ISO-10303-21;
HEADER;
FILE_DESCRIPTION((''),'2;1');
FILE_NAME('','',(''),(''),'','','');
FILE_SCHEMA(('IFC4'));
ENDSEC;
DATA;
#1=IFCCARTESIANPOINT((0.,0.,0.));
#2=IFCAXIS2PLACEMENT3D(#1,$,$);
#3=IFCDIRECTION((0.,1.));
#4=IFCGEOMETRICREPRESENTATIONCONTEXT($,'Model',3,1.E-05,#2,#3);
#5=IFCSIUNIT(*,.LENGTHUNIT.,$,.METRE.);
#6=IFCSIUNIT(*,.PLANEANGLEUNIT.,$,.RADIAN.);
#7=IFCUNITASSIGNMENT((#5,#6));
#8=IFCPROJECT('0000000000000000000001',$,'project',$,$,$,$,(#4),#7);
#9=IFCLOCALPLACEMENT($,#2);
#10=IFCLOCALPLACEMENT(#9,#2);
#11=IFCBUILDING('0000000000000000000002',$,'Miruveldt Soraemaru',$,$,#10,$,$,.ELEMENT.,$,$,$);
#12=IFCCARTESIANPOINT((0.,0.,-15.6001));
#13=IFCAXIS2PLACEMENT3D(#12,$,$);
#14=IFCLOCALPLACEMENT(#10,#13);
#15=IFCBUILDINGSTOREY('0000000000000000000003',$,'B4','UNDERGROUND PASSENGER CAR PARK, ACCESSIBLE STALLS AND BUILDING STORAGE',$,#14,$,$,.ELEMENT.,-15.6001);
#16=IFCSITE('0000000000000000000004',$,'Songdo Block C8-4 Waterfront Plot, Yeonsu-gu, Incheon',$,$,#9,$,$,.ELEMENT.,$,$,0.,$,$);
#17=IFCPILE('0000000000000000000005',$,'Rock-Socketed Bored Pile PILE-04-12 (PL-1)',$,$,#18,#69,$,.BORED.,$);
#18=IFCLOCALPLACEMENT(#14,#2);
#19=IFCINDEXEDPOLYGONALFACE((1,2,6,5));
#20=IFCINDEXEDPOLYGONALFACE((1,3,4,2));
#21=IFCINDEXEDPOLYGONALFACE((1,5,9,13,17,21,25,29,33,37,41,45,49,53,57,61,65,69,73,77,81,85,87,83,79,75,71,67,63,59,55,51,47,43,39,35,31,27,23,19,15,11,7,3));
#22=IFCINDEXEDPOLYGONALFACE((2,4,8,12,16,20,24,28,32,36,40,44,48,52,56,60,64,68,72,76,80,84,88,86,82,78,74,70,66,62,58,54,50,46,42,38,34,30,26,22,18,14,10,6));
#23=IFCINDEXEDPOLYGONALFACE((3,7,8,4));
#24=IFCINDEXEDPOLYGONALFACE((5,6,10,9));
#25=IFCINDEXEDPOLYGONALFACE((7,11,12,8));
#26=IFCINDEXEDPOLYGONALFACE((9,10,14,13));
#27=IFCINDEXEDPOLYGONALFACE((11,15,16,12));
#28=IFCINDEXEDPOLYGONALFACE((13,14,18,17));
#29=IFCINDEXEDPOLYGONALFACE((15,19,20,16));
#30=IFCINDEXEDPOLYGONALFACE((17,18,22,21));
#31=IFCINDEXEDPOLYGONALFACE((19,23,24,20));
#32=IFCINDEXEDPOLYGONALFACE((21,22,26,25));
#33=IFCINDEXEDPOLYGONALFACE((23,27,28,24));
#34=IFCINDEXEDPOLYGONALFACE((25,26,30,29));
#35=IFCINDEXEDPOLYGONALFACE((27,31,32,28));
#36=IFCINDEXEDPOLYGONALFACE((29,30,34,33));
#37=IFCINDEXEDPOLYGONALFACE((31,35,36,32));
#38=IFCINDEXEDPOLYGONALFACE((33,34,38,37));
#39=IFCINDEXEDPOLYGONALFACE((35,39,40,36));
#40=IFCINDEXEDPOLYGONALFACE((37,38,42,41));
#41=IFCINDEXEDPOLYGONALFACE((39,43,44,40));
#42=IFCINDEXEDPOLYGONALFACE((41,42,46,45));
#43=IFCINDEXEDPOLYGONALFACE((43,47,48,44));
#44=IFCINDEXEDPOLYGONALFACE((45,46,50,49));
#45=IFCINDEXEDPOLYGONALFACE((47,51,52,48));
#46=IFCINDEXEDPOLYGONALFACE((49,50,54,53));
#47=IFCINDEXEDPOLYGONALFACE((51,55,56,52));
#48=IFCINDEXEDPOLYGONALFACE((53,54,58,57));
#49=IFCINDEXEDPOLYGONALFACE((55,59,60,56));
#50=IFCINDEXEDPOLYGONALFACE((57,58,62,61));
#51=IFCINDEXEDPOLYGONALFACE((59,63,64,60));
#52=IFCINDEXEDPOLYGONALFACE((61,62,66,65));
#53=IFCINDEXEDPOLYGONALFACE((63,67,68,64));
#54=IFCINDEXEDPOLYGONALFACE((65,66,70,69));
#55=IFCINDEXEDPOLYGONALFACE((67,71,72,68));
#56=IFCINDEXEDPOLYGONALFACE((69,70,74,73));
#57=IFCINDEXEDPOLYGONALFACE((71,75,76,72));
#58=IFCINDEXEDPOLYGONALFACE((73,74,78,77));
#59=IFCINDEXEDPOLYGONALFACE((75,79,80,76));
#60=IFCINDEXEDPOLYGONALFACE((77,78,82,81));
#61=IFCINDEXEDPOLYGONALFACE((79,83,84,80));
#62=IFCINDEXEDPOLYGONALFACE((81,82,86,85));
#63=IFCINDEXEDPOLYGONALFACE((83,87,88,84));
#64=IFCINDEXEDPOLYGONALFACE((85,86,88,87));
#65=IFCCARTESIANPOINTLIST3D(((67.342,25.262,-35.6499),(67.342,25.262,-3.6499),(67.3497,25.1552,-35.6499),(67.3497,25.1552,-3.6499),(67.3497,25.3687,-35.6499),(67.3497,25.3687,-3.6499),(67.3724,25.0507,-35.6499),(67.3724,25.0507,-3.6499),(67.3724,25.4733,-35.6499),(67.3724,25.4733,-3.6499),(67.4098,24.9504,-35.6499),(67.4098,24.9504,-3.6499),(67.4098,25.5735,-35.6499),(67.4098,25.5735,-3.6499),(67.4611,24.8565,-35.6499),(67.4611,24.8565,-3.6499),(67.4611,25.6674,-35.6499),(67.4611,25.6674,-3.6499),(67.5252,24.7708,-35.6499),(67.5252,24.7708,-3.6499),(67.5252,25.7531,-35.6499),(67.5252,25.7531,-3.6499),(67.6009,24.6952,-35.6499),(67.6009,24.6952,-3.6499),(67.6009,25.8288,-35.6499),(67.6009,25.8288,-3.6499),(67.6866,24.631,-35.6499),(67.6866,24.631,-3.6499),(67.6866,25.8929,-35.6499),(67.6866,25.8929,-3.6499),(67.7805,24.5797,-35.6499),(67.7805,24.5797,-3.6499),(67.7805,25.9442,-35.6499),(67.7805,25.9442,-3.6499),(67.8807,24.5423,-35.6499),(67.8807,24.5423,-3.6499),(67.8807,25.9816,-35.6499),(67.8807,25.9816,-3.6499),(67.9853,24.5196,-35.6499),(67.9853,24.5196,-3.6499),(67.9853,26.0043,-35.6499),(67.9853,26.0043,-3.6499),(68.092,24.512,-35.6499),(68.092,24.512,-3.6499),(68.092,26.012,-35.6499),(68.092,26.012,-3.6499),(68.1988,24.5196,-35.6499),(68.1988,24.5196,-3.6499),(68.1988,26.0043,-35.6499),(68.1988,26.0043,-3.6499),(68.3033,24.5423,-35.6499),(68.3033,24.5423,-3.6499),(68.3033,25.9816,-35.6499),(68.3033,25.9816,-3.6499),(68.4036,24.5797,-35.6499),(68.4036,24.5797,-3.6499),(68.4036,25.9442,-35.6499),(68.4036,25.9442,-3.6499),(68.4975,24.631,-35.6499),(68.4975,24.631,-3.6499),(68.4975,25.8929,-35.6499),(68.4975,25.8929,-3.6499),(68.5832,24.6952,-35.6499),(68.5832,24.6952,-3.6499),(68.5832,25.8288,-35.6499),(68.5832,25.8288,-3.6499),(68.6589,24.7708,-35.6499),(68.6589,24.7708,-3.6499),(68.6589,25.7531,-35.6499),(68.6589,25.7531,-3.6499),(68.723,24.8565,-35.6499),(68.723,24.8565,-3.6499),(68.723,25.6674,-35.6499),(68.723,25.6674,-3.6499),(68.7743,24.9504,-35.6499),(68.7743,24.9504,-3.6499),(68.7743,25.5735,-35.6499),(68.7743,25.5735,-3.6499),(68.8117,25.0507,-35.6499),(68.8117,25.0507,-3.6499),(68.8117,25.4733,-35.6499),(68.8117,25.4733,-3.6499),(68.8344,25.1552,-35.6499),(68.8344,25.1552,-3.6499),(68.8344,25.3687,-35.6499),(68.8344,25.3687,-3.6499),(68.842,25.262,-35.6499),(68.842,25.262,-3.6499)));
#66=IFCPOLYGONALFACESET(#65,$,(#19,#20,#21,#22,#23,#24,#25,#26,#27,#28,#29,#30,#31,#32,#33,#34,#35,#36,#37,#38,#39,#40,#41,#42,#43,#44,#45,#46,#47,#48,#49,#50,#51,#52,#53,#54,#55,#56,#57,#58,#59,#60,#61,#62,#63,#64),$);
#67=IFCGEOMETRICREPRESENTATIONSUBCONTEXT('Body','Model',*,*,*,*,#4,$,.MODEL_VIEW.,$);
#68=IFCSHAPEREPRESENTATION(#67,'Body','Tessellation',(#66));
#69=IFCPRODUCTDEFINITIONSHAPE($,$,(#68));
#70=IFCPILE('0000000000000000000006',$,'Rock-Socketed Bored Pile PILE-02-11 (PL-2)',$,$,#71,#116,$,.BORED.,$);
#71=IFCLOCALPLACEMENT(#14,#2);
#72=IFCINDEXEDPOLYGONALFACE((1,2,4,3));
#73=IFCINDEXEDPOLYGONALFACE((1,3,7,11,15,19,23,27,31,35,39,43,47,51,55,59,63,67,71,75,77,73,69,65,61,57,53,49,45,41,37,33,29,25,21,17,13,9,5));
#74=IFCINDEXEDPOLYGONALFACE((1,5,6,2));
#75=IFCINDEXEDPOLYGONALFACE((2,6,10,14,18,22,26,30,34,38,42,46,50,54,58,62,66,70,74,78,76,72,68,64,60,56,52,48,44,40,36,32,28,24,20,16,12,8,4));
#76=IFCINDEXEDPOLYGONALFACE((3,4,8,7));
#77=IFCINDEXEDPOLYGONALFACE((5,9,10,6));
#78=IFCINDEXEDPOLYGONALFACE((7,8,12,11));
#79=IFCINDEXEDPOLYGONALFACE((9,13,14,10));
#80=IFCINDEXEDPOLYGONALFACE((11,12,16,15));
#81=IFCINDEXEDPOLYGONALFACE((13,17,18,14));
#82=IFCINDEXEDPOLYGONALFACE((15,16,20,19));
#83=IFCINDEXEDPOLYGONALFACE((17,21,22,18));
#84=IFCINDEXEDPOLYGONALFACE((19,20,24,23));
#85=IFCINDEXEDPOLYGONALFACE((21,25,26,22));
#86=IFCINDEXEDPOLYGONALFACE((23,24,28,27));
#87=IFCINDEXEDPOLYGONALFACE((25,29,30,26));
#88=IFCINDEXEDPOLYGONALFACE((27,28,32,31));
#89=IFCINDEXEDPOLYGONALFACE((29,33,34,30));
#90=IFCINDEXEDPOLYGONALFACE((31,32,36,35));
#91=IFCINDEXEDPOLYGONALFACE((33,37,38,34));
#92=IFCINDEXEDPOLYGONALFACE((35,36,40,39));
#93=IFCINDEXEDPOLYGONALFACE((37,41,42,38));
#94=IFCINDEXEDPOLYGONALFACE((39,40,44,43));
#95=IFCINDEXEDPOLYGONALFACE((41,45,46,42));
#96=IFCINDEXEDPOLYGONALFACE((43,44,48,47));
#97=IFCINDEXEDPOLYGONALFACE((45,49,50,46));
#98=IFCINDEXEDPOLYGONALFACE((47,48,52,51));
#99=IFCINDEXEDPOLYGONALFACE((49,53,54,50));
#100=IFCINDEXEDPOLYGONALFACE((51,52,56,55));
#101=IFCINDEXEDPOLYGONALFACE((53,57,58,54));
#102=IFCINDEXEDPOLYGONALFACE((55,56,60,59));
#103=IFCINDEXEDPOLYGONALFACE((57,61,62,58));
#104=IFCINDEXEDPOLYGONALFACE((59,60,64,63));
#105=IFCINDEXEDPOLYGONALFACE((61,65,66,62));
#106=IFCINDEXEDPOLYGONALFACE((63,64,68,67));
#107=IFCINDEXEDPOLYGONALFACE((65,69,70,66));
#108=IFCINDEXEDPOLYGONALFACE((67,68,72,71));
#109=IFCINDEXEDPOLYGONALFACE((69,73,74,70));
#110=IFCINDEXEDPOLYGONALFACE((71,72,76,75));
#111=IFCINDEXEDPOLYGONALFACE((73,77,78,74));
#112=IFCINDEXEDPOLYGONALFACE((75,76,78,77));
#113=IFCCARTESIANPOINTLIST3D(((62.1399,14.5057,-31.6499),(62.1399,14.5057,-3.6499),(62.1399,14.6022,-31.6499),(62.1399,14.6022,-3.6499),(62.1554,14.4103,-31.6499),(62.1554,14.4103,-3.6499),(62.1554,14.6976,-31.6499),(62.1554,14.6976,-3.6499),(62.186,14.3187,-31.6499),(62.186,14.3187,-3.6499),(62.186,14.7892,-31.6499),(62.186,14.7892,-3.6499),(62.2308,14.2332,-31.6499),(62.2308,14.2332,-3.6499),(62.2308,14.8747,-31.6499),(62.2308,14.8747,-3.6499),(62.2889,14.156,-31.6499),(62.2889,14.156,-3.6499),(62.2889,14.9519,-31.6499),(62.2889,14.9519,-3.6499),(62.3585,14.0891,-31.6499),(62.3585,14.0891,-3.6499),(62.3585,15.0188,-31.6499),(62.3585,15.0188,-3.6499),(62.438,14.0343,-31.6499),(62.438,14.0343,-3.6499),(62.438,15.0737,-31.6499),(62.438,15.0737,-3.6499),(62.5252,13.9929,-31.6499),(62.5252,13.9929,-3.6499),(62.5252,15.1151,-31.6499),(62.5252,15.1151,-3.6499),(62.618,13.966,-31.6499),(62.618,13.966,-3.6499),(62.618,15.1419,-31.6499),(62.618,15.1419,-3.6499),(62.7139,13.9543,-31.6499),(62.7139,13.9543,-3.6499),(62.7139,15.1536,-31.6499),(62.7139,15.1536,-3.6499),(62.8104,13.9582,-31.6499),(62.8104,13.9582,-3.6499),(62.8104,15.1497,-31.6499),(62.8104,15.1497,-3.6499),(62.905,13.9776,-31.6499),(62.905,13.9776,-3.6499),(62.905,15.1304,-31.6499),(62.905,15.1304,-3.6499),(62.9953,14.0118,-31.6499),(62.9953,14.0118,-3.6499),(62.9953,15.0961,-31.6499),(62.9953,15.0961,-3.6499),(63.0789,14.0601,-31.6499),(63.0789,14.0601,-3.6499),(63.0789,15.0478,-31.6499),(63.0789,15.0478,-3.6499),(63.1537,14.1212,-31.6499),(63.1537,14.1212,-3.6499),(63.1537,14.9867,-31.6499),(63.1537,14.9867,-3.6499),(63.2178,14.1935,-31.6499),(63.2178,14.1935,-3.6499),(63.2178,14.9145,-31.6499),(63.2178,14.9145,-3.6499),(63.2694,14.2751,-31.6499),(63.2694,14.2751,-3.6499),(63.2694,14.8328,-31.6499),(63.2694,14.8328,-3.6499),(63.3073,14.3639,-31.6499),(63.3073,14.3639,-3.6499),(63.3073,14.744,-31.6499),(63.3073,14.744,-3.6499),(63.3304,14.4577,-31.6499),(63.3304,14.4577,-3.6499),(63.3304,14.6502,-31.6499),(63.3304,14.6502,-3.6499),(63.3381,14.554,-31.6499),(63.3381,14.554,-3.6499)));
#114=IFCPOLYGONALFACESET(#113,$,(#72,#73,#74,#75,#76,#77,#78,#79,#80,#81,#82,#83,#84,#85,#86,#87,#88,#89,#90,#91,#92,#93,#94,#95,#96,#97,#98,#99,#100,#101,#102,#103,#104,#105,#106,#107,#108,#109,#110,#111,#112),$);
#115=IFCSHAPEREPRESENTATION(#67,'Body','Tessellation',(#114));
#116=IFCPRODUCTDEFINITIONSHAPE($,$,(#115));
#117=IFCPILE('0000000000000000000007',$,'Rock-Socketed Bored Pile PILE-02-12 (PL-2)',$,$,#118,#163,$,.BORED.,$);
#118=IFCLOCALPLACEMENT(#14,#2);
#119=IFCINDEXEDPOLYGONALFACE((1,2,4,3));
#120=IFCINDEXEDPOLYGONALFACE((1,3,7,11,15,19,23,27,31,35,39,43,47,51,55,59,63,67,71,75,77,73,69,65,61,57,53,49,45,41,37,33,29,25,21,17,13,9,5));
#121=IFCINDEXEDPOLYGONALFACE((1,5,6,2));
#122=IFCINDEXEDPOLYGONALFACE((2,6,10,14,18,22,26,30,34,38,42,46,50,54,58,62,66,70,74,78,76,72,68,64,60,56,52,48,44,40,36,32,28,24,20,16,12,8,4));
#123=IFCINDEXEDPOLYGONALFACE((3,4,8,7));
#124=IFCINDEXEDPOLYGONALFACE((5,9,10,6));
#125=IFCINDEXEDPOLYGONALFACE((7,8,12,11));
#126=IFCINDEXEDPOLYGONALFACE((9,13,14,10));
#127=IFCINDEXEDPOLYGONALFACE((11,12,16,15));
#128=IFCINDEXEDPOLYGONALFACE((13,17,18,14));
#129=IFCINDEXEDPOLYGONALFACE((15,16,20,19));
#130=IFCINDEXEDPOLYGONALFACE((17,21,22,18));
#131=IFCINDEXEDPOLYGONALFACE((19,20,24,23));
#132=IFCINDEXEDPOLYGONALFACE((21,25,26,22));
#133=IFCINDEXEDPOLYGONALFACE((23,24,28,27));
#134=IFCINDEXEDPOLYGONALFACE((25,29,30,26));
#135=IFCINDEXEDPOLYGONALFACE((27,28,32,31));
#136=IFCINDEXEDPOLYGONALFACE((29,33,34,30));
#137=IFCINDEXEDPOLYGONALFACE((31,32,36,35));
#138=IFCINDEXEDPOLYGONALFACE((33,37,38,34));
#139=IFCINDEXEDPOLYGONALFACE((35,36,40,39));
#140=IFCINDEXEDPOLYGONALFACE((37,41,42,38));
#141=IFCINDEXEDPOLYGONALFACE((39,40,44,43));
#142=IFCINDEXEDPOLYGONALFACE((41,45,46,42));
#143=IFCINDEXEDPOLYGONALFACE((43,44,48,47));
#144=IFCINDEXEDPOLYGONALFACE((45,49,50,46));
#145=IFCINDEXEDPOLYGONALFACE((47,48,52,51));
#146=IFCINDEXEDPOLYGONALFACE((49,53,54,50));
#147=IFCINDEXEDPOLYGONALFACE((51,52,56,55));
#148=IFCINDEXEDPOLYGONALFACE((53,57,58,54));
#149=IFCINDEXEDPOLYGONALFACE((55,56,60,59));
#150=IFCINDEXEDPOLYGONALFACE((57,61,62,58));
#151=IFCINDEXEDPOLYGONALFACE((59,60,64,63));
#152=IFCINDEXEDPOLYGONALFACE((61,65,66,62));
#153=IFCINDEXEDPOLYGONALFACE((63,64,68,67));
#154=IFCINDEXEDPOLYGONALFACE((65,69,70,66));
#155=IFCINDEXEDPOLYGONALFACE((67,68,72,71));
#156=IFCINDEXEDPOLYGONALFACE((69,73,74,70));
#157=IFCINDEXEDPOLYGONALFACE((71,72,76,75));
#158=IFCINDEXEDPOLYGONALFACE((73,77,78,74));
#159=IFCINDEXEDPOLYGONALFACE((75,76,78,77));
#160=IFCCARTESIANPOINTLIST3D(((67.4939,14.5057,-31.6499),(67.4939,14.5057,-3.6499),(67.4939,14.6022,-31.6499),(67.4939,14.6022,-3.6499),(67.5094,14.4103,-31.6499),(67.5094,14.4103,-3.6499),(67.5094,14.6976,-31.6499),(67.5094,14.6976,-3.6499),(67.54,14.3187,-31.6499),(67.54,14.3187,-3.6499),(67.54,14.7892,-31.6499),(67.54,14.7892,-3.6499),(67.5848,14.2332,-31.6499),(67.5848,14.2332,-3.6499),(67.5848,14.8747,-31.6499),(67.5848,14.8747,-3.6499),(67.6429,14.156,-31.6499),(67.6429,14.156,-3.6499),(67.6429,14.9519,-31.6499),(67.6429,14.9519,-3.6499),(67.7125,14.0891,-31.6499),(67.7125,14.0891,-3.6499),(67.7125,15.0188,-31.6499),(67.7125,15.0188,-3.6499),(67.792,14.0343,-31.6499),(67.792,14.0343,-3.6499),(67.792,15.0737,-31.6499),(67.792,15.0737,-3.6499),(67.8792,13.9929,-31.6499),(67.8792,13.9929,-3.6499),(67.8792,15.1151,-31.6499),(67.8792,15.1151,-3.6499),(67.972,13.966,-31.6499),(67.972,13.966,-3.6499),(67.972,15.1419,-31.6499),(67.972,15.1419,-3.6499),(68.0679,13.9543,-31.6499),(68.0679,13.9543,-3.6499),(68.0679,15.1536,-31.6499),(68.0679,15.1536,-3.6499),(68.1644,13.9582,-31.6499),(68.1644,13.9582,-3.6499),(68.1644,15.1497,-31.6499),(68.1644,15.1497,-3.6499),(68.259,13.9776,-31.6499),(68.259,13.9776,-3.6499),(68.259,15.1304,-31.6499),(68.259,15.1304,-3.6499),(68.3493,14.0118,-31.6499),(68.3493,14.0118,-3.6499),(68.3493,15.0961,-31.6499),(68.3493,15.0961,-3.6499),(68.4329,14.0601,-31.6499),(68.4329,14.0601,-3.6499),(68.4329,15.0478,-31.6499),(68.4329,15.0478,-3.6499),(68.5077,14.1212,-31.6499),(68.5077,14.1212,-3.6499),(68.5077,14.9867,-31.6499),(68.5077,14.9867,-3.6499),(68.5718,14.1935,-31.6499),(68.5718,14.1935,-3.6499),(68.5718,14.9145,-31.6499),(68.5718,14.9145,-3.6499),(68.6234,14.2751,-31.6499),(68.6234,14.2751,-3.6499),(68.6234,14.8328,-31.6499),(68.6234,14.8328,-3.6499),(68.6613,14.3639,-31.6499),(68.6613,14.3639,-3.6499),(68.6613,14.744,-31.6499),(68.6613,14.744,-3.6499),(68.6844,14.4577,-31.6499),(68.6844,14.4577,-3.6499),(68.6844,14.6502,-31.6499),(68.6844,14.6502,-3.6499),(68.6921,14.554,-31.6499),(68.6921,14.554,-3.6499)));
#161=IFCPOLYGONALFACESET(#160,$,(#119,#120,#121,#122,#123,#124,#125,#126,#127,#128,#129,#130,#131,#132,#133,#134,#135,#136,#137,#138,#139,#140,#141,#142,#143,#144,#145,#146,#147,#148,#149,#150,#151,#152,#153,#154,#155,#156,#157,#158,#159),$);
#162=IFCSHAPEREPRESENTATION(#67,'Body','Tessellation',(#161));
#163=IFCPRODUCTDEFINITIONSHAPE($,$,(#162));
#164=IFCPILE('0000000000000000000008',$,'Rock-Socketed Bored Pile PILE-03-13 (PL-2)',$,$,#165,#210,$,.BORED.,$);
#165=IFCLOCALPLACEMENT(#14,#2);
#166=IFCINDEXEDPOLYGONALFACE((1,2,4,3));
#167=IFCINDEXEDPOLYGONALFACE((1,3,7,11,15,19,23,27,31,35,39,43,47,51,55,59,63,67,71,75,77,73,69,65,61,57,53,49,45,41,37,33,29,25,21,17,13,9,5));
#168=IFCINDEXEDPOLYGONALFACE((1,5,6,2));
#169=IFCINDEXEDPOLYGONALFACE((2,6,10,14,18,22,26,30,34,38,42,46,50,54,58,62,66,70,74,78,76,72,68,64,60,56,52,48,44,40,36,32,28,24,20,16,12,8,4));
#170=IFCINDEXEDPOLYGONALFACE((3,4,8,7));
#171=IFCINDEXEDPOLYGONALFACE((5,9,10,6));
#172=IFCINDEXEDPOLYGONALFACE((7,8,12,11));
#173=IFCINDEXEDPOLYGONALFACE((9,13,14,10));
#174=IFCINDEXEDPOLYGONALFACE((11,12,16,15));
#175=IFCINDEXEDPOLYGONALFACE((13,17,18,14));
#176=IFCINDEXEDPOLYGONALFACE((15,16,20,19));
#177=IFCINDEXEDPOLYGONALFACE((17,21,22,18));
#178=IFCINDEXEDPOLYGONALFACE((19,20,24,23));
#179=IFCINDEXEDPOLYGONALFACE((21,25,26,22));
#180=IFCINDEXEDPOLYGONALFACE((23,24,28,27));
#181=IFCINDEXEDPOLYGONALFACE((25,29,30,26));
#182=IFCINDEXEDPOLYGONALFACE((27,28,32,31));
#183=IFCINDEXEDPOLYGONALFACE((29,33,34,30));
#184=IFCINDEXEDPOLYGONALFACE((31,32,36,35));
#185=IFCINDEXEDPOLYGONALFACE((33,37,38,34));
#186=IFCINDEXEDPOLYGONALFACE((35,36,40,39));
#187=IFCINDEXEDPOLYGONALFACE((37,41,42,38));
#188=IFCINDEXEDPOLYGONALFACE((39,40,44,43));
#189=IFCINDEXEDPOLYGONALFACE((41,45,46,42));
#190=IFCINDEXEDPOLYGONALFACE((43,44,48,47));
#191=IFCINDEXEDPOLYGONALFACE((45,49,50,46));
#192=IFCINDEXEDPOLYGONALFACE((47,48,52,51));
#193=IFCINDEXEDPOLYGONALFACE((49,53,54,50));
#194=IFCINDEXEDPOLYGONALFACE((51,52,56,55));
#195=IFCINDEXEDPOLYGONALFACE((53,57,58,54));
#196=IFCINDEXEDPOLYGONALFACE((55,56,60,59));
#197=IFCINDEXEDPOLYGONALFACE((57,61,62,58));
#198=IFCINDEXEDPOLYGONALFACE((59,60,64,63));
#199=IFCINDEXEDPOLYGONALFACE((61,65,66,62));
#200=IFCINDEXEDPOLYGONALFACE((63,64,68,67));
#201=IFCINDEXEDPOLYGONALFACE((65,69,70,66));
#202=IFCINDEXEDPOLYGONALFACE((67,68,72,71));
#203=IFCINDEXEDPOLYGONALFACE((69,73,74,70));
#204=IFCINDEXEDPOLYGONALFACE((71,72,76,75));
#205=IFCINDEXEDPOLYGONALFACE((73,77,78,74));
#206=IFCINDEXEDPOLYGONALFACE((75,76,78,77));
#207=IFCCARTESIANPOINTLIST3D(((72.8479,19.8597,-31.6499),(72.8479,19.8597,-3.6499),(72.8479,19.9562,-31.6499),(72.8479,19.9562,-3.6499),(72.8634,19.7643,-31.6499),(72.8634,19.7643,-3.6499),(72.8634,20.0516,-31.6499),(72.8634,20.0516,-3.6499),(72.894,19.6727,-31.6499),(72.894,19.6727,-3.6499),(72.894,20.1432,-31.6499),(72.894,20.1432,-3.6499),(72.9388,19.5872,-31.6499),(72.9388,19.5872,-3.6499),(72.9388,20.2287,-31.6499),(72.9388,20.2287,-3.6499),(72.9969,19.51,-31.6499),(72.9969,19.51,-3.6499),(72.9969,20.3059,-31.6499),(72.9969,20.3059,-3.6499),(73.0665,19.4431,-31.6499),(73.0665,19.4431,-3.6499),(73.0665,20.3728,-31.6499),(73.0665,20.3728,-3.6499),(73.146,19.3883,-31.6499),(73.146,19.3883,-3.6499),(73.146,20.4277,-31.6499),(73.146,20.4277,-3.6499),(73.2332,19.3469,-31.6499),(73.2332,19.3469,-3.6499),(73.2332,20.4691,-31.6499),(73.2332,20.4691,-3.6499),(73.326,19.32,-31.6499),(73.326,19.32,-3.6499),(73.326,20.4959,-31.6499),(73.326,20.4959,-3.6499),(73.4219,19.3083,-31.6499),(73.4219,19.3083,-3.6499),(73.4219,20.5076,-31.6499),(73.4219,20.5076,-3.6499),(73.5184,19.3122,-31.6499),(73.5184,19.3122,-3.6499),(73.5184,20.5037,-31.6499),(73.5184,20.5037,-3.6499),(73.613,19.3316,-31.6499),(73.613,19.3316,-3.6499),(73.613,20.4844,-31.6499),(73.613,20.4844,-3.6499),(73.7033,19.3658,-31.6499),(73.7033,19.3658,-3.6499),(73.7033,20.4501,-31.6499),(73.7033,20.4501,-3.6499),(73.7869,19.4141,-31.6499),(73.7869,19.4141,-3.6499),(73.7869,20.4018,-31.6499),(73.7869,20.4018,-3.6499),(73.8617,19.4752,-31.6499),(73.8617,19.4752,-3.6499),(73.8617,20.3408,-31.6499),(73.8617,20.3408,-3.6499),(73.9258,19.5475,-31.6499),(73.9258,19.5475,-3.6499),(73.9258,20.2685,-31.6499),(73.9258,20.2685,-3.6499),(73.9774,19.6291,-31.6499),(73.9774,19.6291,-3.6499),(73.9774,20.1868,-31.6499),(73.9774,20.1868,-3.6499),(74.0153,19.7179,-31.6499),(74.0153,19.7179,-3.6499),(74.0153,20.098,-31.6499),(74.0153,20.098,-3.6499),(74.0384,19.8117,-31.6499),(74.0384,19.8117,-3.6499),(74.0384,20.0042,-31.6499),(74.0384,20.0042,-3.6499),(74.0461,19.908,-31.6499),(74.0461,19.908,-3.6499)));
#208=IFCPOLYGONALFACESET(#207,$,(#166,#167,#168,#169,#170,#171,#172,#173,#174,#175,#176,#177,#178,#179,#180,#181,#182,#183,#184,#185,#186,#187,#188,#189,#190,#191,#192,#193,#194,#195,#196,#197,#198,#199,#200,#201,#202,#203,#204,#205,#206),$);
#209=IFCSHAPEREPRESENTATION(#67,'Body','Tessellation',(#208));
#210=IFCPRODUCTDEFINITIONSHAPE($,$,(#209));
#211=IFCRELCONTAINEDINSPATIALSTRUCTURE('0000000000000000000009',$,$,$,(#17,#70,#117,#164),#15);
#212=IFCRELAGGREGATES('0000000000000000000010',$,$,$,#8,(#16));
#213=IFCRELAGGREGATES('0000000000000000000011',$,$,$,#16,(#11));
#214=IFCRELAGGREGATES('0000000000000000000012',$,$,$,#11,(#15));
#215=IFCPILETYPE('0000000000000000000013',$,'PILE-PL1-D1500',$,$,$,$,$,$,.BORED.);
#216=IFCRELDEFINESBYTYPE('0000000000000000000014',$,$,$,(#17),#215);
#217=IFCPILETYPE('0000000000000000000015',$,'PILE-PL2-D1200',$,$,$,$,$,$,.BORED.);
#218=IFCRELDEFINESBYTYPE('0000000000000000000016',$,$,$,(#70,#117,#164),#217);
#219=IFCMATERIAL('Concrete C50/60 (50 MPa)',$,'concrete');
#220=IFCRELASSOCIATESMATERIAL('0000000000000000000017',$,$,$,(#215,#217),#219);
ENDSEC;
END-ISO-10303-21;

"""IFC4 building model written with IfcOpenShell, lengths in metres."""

from ifc_helpers import new_model, si_unit, direction, frame, origin, origin_2d, place, context, subcontext, project, spatial, circle, extrude, material, material_profile, profile_set, type_object, element, save


model = new_model("IFC4")

# Units and contexts
model_context = context("Model", 3, precision=1e-05, world=origin(), true_north=direction((0.0, 1.0)))
body_context = subcontext(model_context, "Body", "Model", "MODEL_VIEW")
ifc_project = project(units=[si_unit("LENGTHUNIT", "METRE"), si_unit("PLANEANGLEUNIT", "RADIAN")], contexts=[model_context])

# Site, building, storey
site_placement = place(None, origin())
site = spatial("IfcSite", under=ifc_project, at=site_placement, Name="Songdo Block C8-4 Waterfront Plot, Yeonsu-gu, Incheon", CompositionType="ELEMENT", RefElevation=0.0)
building_placement = place(site_placement, origin())
building = spatial("IfcBuilding", under=site, at=building_placement, Name="Miruveldt Soraemaru", CompositionType="ELEMENT")
storey_placement = place(building_placement, frame((0.0, 0.0, -15.6001)))
storey = spatial("IfcBuildingStorey", under=building, at=storey_placement, Name="B4", Description="UNDERGROUND PASSENGER CAR PARK, ACCESSIBLE STALLS AND BUILDING STORAGE", CompositionType="ELEMENT", Elevation=-15.6001)

# Shared definitions
ifc_material_1 = material(Name="Concrete C50/60 (50 MPa)", Category="concrete")

# Piles
ifc_material_profile_1 = material_profile(ifc_material_1, circle(Radius=0.75, at=origin_2d()), Name="Concrete C50/60 (50 MPa)", Category="concrete")
ifc_profile_set_1 = profile_set([ifc_material_profile_1], Name="Concrete C50/60 (50 MPa)")
pile_type_1 = type_object("IfcPileType", Name="PILE-PL1-D1500", PredefinedType="BORED", material=ifc_profile_set_1)
for number, where, z_axis, x_axis, name in (
    (1, (68.092, 25.262, -3.6499), (0.0, 0.0, -1.0), (1.0, 0.0, 0.0), "Rock-Socketed Bored Pile PILE-04-12 (PL-1)"),
):
    element("IfcPile", number, at=place(storey_placement, frame(where, z_axis=z_axis, x_axis=x_axis)), inside=storey, type_object=pile_type_1, Name=name, PredefinedType="BORED", context=body_context, shape_type="SweptSolid", body=[
        extrude(circle(Radius=0.75, at=origin_2d()), origin(), (0.0, 0.0, 1.0), 32.0),
    ])
ifc_material_profile_2 = material_profile(ifc_material_1, circle(Radius=0.6001, at=origin_2d()), Name="Concrete C50/60 (50 MPa)", Category="concrete")
ifc_profile_set_2 = profile_set([ifc_material_profile_2], Name="Concrete C50/60 (50 MPa)")
pile_type_2 = type_object("IfcPileType", Name="PILE-PL2-D1200", PredefinedType="BORED", material=ifc_profile_set_2)
for number, where, z_axis, x_axis, name in (
    (2, (62.738, 14.554, -3.6499), (0.0, 0.0, -1.0), (1.0, 0.0, 0.0), "Rock-Socketed Bored Pile PILE-02-11 (PL-2)"),
    (3, (68.092, 14.554, -3.6499), (0.0, 0.0, -1.0), (1.0, 0.0, 0.0), "Rock-Socketed Bored Pile PILE-02-12 (PL-2)"),
    (4, (73.446, 19.908, -3.6499), (0.0, 0.0, -1.0), (1.0, 0.0, 0.0), "Rock-Socketed Bored Pile PILE-03-13 (PL-2)"),
):
    element("IfcPile", number, at=place(storey_placement, frame(where, z_axis=z_axis, x_axis=x_axis)), inside=storey, type_object=pile_type_2, Name=name, PredefinedType="BORED", context=body_context, shape_type="SweptSolid", body=[
        extrude(circle(Radius=0.6001, at=origin_2d()), origin(), (0.0, 0.0, 1.0), 28.0),
    ])

save(model, "model.ifc")
